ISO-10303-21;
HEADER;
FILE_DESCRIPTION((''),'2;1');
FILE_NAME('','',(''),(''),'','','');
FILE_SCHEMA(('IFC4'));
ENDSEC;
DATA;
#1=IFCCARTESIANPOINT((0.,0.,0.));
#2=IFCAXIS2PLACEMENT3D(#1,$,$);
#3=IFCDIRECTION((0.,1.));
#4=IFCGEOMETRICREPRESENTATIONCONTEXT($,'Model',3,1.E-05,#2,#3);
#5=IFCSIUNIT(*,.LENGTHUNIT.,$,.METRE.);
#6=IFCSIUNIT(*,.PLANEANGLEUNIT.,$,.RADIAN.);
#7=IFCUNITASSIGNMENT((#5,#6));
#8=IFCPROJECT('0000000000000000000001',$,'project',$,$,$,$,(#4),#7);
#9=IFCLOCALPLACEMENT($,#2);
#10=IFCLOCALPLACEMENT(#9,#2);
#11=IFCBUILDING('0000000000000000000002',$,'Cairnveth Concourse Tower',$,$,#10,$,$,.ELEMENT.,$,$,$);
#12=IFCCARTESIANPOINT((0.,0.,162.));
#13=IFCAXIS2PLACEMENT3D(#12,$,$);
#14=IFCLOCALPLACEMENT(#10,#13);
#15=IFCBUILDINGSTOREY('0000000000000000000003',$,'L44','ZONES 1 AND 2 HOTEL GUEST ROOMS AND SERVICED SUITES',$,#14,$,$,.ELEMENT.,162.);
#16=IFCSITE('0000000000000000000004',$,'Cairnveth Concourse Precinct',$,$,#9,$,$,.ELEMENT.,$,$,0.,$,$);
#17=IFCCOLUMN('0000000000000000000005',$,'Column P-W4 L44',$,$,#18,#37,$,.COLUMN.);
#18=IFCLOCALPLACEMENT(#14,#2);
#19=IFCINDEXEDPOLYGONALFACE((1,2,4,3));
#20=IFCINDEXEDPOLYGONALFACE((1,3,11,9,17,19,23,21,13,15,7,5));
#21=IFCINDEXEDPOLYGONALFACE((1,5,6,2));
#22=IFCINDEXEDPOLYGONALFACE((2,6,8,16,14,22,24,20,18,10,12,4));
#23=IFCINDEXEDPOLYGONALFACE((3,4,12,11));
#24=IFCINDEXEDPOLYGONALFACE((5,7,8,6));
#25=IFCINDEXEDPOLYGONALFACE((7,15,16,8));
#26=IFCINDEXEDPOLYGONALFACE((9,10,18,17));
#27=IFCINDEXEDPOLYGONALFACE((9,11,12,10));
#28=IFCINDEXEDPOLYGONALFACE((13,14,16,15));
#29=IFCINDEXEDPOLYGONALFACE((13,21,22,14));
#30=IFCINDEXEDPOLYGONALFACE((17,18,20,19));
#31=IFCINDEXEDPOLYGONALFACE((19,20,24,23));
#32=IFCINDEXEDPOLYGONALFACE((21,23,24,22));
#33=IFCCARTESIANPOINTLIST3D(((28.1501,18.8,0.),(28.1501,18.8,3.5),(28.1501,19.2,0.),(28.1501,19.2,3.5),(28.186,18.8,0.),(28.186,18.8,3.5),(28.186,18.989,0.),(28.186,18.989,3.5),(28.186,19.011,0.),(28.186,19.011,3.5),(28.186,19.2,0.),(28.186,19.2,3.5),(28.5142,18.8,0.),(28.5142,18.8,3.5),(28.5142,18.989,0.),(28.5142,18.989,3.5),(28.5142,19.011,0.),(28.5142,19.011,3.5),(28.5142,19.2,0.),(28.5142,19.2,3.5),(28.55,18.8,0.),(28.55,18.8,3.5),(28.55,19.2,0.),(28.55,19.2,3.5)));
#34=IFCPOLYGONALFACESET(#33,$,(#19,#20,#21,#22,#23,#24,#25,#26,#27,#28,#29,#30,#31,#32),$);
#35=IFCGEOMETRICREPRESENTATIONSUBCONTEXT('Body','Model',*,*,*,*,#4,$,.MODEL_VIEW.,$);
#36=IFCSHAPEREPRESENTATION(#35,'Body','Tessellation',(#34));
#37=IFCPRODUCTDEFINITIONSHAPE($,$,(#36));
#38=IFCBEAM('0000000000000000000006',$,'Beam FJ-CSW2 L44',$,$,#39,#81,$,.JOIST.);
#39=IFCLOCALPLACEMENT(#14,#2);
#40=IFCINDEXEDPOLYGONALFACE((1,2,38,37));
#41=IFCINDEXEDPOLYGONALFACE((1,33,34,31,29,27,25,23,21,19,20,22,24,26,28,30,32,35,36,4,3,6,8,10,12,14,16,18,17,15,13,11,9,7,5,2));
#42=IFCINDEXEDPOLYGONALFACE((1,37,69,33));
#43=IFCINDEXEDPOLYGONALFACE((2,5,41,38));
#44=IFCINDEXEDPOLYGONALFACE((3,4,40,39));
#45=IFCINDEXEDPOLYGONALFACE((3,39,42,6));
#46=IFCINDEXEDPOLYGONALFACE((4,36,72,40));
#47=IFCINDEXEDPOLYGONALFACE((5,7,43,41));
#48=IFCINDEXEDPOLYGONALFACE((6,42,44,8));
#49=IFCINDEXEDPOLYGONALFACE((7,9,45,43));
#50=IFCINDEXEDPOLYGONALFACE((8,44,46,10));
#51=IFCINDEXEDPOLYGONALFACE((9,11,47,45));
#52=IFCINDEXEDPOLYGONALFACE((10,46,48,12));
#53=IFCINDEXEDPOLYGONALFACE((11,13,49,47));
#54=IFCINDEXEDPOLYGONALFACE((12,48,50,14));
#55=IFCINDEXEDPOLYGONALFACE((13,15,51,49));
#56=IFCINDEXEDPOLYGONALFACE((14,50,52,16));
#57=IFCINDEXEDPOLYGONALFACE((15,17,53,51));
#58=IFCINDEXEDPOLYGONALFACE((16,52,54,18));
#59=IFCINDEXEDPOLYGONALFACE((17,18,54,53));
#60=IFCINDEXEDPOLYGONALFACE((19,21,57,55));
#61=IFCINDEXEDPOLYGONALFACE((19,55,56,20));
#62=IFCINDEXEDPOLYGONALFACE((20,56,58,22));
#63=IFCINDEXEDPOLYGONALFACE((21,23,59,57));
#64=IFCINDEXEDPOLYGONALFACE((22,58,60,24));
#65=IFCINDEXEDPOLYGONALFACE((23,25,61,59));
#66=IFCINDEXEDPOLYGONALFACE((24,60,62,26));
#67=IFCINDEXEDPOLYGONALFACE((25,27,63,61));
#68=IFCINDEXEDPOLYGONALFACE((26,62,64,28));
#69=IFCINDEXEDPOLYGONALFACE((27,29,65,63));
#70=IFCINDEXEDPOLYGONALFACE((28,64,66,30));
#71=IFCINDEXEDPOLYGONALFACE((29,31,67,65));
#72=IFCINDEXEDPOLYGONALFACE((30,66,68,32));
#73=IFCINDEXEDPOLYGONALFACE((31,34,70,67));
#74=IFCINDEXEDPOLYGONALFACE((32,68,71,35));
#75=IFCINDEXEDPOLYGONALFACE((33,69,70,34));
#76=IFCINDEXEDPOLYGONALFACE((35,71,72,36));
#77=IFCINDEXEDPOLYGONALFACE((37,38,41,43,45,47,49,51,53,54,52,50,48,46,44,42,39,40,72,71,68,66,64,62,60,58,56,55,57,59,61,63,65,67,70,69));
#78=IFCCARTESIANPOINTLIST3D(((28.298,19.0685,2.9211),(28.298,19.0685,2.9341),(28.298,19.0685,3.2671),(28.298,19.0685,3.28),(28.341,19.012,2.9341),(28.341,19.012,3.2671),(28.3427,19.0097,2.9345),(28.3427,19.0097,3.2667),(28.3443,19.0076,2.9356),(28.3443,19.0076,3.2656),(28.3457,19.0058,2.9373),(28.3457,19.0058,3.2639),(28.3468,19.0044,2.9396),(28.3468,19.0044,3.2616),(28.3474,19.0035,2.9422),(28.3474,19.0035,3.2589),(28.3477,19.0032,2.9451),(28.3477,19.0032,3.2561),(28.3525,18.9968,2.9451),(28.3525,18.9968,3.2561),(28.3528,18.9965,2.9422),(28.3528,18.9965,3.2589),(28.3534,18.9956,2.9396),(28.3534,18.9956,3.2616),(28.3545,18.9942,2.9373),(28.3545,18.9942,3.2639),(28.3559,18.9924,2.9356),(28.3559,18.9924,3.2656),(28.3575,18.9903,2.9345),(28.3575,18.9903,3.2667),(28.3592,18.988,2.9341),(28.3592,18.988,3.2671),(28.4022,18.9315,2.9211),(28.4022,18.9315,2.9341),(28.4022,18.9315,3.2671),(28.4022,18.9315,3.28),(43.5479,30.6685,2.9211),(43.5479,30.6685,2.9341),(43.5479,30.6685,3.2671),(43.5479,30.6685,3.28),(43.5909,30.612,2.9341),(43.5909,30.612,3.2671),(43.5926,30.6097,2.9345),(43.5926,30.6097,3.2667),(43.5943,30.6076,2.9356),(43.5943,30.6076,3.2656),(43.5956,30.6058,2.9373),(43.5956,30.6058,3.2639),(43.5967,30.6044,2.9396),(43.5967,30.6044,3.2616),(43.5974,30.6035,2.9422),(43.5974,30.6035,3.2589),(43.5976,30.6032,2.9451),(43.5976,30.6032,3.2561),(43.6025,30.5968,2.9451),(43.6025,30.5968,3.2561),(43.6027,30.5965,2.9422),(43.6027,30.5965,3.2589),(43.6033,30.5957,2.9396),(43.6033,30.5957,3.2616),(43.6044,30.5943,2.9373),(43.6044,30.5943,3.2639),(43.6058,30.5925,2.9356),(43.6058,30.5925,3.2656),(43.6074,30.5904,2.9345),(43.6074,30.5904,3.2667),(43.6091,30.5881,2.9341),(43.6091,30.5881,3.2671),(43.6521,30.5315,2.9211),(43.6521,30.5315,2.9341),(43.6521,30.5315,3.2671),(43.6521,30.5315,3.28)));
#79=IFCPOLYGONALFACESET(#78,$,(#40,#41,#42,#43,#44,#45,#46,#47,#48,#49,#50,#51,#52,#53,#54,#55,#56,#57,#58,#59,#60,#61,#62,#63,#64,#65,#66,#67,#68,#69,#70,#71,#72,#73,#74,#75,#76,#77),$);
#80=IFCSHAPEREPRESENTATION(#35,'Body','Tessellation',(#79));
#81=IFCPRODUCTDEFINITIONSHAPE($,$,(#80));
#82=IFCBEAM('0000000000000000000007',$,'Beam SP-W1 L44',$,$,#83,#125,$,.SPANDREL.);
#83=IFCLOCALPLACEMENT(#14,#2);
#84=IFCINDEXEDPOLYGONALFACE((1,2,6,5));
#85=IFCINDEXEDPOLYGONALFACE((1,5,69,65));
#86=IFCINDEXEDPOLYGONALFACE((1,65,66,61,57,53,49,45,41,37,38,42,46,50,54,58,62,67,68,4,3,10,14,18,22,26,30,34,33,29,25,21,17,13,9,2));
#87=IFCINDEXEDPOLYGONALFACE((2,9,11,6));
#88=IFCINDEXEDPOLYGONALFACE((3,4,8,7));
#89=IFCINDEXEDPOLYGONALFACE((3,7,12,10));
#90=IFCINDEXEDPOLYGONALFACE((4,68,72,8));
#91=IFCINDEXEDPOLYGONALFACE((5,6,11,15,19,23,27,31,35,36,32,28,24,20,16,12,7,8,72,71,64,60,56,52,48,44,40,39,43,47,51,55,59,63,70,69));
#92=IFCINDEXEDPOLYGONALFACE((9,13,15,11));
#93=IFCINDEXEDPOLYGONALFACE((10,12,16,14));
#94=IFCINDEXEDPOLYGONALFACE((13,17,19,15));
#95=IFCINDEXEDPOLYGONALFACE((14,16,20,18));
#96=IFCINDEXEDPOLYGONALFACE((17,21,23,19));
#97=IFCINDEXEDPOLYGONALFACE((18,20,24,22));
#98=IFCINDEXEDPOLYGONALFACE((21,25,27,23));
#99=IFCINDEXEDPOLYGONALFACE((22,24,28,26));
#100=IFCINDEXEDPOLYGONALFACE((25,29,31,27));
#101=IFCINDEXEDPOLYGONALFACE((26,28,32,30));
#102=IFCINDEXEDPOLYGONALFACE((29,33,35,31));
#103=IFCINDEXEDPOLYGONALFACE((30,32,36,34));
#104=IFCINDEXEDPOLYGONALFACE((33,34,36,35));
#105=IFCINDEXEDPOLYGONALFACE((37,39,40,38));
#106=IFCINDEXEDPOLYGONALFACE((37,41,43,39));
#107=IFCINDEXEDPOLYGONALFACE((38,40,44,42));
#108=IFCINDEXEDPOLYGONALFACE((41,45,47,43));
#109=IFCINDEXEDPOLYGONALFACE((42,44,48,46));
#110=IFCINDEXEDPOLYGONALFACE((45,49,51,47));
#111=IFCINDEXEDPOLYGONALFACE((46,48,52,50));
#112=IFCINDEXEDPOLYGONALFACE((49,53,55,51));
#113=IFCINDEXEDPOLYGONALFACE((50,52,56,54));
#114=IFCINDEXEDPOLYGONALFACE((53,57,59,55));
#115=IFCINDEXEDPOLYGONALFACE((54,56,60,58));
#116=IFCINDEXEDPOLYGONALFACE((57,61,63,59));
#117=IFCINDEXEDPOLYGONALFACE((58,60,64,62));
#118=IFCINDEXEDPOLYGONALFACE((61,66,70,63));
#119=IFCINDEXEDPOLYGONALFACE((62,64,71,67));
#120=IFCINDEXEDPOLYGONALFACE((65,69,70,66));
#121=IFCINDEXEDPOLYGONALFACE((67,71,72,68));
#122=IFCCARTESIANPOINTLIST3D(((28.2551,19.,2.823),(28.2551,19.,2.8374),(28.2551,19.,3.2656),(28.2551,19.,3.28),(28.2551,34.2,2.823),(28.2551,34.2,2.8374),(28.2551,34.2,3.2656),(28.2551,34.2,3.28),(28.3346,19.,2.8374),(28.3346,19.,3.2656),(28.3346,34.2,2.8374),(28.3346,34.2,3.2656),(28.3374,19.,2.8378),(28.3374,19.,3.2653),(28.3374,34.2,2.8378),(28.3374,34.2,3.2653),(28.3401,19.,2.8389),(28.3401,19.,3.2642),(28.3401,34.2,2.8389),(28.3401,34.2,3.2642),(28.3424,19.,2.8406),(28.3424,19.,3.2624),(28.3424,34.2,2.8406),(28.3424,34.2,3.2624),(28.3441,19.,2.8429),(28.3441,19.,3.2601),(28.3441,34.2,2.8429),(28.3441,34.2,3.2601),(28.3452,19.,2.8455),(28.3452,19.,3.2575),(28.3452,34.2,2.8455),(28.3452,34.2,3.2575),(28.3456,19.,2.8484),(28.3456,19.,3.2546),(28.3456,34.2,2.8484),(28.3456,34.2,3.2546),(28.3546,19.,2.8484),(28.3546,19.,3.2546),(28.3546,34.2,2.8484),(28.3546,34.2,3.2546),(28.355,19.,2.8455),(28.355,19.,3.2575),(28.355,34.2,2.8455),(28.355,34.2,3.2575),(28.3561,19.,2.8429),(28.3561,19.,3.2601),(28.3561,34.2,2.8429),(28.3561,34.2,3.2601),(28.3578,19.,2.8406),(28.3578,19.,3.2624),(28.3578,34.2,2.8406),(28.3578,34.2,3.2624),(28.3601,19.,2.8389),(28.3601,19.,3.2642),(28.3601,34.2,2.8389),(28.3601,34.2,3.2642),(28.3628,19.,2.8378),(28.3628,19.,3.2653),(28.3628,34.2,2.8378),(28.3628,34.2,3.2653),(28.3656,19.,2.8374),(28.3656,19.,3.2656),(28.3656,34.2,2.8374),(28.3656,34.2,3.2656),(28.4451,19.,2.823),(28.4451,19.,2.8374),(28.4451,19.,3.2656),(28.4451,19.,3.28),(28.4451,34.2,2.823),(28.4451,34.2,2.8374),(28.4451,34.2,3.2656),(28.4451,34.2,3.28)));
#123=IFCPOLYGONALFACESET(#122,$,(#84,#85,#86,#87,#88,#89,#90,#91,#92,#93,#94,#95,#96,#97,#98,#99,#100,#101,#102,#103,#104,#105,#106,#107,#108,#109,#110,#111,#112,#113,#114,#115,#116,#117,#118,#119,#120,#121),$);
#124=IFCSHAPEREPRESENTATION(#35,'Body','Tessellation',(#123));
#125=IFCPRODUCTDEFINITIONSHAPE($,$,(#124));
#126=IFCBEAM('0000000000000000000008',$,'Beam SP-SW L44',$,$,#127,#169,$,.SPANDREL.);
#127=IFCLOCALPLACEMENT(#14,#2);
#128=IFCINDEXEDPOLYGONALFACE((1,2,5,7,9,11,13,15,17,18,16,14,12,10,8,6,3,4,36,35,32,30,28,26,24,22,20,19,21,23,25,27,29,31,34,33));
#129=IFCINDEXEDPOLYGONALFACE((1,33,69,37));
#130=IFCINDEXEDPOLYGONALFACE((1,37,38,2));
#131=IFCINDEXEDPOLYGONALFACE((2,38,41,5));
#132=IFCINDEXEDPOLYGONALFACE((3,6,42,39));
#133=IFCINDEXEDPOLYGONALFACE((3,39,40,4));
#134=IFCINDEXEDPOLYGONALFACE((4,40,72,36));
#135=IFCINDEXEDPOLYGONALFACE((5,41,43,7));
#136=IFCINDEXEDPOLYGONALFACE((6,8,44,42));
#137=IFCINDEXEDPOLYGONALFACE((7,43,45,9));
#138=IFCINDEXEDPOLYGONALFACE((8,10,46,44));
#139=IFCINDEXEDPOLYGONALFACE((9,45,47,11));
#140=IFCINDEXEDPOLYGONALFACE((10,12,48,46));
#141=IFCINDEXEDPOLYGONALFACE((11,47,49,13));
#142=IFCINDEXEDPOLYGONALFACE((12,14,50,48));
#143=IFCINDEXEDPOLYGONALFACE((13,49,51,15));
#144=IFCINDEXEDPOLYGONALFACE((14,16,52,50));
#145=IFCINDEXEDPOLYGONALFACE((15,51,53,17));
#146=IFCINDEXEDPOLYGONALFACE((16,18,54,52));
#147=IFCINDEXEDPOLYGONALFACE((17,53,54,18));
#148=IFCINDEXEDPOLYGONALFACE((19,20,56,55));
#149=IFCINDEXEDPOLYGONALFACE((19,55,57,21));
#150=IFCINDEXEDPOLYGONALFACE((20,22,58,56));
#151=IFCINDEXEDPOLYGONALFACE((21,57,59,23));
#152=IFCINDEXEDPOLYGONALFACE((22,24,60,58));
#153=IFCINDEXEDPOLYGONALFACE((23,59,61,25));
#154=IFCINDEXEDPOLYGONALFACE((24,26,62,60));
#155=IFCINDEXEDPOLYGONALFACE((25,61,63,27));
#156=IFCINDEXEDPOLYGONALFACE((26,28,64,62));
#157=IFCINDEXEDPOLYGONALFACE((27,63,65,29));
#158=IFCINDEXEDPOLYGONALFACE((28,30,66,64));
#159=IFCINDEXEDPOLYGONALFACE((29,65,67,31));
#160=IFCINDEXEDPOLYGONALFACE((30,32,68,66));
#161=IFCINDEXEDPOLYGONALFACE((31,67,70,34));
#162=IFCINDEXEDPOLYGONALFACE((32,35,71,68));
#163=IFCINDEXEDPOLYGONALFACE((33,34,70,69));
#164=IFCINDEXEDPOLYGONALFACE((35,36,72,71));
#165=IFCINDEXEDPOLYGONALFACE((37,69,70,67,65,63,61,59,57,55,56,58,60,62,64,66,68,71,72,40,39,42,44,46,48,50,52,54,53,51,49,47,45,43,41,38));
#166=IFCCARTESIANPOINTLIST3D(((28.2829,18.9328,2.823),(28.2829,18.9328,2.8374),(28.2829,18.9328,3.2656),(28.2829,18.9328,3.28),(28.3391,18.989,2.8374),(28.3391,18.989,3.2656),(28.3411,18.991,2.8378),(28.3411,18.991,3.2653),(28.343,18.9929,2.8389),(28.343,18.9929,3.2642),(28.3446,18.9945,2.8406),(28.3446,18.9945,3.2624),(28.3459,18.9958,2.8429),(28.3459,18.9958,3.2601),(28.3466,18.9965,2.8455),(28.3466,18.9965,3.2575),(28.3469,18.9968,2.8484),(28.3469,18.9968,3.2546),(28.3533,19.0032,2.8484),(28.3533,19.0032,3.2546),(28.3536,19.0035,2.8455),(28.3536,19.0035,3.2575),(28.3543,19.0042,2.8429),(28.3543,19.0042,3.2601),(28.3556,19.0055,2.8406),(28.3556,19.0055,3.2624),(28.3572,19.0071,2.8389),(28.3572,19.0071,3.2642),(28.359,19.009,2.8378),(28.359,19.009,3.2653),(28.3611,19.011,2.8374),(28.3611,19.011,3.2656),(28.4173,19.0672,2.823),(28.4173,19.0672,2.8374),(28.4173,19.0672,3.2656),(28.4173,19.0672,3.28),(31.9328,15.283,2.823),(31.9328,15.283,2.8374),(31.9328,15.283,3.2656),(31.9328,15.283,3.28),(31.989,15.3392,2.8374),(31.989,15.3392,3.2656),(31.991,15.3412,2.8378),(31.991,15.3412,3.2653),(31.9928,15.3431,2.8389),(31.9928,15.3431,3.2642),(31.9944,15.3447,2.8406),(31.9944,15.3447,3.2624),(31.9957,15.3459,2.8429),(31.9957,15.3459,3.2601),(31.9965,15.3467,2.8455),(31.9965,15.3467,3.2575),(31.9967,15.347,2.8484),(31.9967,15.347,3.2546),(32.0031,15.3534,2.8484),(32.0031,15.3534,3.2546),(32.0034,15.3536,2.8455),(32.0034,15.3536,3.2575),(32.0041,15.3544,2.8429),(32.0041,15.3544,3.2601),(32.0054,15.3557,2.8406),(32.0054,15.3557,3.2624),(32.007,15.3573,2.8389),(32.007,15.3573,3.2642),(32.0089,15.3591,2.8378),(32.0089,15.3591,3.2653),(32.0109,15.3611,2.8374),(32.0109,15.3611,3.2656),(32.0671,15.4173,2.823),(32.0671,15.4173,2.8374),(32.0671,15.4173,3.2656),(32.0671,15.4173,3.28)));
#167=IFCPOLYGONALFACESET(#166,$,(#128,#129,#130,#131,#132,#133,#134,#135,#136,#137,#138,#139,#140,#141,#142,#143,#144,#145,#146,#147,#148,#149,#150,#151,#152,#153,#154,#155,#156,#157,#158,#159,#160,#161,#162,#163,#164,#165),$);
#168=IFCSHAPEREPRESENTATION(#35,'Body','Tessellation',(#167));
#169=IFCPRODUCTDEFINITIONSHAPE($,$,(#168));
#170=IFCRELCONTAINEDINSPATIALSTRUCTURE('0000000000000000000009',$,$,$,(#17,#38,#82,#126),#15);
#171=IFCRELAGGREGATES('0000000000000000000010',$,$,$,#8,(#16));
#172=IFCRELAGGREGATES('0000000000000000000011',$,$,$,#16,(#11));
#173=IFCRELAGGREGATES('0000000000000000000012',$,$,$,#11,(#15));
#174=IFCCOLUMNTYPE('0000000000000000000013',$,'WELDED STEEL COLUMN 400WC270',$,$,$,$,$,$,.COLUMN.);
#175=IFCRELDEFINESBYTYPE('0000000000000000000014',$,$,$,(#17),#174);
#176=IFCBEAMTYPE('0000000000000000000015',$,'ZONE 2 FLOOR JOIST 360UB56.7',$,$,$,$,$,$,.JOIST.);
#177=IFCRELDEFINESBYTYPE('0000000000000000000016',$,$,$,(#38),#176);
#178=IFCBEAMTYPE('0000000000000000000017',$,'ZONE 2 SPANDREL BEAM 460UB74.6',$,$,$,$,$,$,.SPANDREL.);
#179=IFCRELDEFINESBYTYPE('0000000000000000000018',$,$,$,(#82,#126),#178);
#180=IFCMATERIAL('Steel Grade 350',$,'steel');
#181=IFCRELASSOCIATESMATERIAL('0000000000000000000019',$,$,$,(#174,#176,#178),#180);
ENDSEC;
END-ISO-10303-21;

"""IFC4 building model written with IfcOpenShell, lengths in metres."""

from ifc_helpers import new_model, si_unit, direction, frame, origin, origin_2d, place, context, subcontext, project, spatial, i_section, extrude, material, material_profile, profile_set, type_object, element, save


model = new_model("IFC4")

# Units and contexts
model_context = context("Model", 3, precision=1e-05, world=origin(), true_north=direction((0.0, 1.0)))
body_context = subcontext(model_context, "Body", "Model", "MODEL_VIEW")
ifc_project = project(units=[si_unit("LENGTHUNIT", "METRE"), si_unit("PLANEANGLEUNIT", "RADIAN")], contexts=[model_context])

# Site, building, storey
site_placement = place(None, origin())
site = spatial("IfcSite", under=ifc_project, at=site_placement, Name="Cairnveth Concourse Precinct", CompositionType="ELEMENT", RefElevation=0.0)
building_placement = place(site_placement, origin())
building = spatial("IfcBuilding", under=site, at=building_placement, Name="Cairnveth Concourse Tower", CompositionType="ELEMENT")
storey_placement = place(building_placement, frame((0.0, 0.0, 162.0)))
storey = spatial("IfcBuildingStorey", under=building, at=storey_placement, Name="L44", Description="ZONES 1 AND 2 HOTEL GUEST ROOMS AND SERVICED SUITES", CompositionType="ELEMENT", Elevation=162.0)

# Column
ifc_material_1 = material(Name="Steel Grade 350", Category="steel")
ifc_material_profile_1 = material_profile(ifc_material_1, i_section(OverallWidth=0.3999, OverallDepth=0.3999, WebThickness=0.022, FlangeThickness=0.0359, at=origin_2d()), Name="400WC270")
ifc_profile_set_1 = profile_set([ifc_material_profile_1], Name="Steel Grade 350")
column_type = type_object("IfcColumnType", Name="WELDED STEEL COLUMN 400WC270", PredefinedType="COLUMN", material=ifc_profile_set_1)
column_placement = place(storey_placement, frame((28.3501, 19.0, 0.0), z_axis=(0.0, 0.0, 1.0), x_axis=(0.0, 1.0, 0.0)))
element("IfcColumn", 1, at=column_placement, inside=storey, type_object=column_type, Name="Column P-W4 L44", PredefinedType="COLUMN", context=body_context, shape_type="SweptSolid", body=[
    extrude(i_section(OverallWidth=0.3999, OverallDepth=0.3999, WebThickness=0.022, FlangeThickness=0.0359, at=origin_2d()), origin(), (0.0, 0.0, 1.0), 3.5),
])

# Beams
ifc_material_profile_2 = material_profile(ifc_material_1, i_section(OverallWidth=0.1721, OverallDepth=0.3589, WebThickness=0.0081, FlangeThickness=0.0129, FilletRadius=0.011, at=origin_2d()), Name="360UB56.7")
ifc_profile_set_2 = profile_set([ifc_material_profile_2], Name="Steel Grade 350")
beam_type_1 = type_object("IfcBeamType", Name="ZONE 2 FLOOR JOIST 360UB56.7", PredefinedType="JOIST", material=ifc_profile_set_2)
beam_1_placement = place(storey_placement, frame((28.3501, 19.0, 3.1006), z_axis=(0.795908, 0.605417, 0.0), x_axis=(-0.605417, 0.795908, 0.0)))
element("IfcBeam", 2, at=beam_1_placement, inside=storey, type_object=beam_type_1, Name="Beam FJ-CSW2 L44", PredefinedType="JOIST", context=body_context, shape_type="SweptSolid", body=[
    extrude(i_section(OverallWidth=0.1721, OverallDepth=0.3589, WebThickness=0.0081, FlangeThickness=0.0129, FilletRadius=0.011, at=origin_2d()), origin(), (0.0, 0.0, 1.0), 19.1604),
])
ifc_material_profile_3 = material_profile(ifc_material_1, i_section(OverallWidth=0.1899, OverallDepth=0.457, WebThickness=0.009, FlangeThickness=0.0144, FilletRadius=0.011, at=origin_2d()), Name="460UB74.6")
ifc_profile_set_3 = profile_set([ifc_material_profile_3], Name="Steel Grade 350")
beam_type_2 = type_object("IfcBeamType", Name="ZONE 2 SPANDREL BEAM 460UB74.6", PredefinedType="SPANDREL", material=ifc_profile_set_3)
beam_2_placement = place(storey_placement, frame((28.3501, 19.0, 3.0515), z_axis=(0.0, 1.0, 0.0), x_axis=(-1.0, 0.0, 0.0)))
element("IfcBeam", 3, at=beam_2_placement, inside=storey, type_object=beam_type_2, Name="Beam SP-W1 L44", PredefinedType="SPANDREL", context=body_context, shape_type="SweptSolid", body=[
    extrude(i_section(OverallWidth=0.1899, OverallDepth=0.457, WebThickness=0.009, FlangeThickness=0.0144, FilletRadius=0.011, at=origin_2d()), origin(), (0.0, 0.0, 1.0), 15.2),
])
beam_3_placement = place(storey_placement, frame((28.3501, 19.0, 3.0515), z_axis=(0.707107, -0.707107, 0.0), x_axis=(0.707107, 0.707107, 0.0)))
element("IfcBeam", 4, at=beam_3_placement, inside=storey, type_object=beam_type_2, Name="Beam SP-SW L44", PredefinedType="SPANDREL", context=body_context, shape_type="SweptSolid", body=[
    extrude(i_section(OverallWidth=0.1899, OverallDepth=0.457, WebThickness=0.009, FlangeThickness=0.0144, FilletRadius=0.011, at=origin_2d()), origin(), (0.0, 0.0, 1.0), 5.1616),
])

save(model, "model.ifc")
